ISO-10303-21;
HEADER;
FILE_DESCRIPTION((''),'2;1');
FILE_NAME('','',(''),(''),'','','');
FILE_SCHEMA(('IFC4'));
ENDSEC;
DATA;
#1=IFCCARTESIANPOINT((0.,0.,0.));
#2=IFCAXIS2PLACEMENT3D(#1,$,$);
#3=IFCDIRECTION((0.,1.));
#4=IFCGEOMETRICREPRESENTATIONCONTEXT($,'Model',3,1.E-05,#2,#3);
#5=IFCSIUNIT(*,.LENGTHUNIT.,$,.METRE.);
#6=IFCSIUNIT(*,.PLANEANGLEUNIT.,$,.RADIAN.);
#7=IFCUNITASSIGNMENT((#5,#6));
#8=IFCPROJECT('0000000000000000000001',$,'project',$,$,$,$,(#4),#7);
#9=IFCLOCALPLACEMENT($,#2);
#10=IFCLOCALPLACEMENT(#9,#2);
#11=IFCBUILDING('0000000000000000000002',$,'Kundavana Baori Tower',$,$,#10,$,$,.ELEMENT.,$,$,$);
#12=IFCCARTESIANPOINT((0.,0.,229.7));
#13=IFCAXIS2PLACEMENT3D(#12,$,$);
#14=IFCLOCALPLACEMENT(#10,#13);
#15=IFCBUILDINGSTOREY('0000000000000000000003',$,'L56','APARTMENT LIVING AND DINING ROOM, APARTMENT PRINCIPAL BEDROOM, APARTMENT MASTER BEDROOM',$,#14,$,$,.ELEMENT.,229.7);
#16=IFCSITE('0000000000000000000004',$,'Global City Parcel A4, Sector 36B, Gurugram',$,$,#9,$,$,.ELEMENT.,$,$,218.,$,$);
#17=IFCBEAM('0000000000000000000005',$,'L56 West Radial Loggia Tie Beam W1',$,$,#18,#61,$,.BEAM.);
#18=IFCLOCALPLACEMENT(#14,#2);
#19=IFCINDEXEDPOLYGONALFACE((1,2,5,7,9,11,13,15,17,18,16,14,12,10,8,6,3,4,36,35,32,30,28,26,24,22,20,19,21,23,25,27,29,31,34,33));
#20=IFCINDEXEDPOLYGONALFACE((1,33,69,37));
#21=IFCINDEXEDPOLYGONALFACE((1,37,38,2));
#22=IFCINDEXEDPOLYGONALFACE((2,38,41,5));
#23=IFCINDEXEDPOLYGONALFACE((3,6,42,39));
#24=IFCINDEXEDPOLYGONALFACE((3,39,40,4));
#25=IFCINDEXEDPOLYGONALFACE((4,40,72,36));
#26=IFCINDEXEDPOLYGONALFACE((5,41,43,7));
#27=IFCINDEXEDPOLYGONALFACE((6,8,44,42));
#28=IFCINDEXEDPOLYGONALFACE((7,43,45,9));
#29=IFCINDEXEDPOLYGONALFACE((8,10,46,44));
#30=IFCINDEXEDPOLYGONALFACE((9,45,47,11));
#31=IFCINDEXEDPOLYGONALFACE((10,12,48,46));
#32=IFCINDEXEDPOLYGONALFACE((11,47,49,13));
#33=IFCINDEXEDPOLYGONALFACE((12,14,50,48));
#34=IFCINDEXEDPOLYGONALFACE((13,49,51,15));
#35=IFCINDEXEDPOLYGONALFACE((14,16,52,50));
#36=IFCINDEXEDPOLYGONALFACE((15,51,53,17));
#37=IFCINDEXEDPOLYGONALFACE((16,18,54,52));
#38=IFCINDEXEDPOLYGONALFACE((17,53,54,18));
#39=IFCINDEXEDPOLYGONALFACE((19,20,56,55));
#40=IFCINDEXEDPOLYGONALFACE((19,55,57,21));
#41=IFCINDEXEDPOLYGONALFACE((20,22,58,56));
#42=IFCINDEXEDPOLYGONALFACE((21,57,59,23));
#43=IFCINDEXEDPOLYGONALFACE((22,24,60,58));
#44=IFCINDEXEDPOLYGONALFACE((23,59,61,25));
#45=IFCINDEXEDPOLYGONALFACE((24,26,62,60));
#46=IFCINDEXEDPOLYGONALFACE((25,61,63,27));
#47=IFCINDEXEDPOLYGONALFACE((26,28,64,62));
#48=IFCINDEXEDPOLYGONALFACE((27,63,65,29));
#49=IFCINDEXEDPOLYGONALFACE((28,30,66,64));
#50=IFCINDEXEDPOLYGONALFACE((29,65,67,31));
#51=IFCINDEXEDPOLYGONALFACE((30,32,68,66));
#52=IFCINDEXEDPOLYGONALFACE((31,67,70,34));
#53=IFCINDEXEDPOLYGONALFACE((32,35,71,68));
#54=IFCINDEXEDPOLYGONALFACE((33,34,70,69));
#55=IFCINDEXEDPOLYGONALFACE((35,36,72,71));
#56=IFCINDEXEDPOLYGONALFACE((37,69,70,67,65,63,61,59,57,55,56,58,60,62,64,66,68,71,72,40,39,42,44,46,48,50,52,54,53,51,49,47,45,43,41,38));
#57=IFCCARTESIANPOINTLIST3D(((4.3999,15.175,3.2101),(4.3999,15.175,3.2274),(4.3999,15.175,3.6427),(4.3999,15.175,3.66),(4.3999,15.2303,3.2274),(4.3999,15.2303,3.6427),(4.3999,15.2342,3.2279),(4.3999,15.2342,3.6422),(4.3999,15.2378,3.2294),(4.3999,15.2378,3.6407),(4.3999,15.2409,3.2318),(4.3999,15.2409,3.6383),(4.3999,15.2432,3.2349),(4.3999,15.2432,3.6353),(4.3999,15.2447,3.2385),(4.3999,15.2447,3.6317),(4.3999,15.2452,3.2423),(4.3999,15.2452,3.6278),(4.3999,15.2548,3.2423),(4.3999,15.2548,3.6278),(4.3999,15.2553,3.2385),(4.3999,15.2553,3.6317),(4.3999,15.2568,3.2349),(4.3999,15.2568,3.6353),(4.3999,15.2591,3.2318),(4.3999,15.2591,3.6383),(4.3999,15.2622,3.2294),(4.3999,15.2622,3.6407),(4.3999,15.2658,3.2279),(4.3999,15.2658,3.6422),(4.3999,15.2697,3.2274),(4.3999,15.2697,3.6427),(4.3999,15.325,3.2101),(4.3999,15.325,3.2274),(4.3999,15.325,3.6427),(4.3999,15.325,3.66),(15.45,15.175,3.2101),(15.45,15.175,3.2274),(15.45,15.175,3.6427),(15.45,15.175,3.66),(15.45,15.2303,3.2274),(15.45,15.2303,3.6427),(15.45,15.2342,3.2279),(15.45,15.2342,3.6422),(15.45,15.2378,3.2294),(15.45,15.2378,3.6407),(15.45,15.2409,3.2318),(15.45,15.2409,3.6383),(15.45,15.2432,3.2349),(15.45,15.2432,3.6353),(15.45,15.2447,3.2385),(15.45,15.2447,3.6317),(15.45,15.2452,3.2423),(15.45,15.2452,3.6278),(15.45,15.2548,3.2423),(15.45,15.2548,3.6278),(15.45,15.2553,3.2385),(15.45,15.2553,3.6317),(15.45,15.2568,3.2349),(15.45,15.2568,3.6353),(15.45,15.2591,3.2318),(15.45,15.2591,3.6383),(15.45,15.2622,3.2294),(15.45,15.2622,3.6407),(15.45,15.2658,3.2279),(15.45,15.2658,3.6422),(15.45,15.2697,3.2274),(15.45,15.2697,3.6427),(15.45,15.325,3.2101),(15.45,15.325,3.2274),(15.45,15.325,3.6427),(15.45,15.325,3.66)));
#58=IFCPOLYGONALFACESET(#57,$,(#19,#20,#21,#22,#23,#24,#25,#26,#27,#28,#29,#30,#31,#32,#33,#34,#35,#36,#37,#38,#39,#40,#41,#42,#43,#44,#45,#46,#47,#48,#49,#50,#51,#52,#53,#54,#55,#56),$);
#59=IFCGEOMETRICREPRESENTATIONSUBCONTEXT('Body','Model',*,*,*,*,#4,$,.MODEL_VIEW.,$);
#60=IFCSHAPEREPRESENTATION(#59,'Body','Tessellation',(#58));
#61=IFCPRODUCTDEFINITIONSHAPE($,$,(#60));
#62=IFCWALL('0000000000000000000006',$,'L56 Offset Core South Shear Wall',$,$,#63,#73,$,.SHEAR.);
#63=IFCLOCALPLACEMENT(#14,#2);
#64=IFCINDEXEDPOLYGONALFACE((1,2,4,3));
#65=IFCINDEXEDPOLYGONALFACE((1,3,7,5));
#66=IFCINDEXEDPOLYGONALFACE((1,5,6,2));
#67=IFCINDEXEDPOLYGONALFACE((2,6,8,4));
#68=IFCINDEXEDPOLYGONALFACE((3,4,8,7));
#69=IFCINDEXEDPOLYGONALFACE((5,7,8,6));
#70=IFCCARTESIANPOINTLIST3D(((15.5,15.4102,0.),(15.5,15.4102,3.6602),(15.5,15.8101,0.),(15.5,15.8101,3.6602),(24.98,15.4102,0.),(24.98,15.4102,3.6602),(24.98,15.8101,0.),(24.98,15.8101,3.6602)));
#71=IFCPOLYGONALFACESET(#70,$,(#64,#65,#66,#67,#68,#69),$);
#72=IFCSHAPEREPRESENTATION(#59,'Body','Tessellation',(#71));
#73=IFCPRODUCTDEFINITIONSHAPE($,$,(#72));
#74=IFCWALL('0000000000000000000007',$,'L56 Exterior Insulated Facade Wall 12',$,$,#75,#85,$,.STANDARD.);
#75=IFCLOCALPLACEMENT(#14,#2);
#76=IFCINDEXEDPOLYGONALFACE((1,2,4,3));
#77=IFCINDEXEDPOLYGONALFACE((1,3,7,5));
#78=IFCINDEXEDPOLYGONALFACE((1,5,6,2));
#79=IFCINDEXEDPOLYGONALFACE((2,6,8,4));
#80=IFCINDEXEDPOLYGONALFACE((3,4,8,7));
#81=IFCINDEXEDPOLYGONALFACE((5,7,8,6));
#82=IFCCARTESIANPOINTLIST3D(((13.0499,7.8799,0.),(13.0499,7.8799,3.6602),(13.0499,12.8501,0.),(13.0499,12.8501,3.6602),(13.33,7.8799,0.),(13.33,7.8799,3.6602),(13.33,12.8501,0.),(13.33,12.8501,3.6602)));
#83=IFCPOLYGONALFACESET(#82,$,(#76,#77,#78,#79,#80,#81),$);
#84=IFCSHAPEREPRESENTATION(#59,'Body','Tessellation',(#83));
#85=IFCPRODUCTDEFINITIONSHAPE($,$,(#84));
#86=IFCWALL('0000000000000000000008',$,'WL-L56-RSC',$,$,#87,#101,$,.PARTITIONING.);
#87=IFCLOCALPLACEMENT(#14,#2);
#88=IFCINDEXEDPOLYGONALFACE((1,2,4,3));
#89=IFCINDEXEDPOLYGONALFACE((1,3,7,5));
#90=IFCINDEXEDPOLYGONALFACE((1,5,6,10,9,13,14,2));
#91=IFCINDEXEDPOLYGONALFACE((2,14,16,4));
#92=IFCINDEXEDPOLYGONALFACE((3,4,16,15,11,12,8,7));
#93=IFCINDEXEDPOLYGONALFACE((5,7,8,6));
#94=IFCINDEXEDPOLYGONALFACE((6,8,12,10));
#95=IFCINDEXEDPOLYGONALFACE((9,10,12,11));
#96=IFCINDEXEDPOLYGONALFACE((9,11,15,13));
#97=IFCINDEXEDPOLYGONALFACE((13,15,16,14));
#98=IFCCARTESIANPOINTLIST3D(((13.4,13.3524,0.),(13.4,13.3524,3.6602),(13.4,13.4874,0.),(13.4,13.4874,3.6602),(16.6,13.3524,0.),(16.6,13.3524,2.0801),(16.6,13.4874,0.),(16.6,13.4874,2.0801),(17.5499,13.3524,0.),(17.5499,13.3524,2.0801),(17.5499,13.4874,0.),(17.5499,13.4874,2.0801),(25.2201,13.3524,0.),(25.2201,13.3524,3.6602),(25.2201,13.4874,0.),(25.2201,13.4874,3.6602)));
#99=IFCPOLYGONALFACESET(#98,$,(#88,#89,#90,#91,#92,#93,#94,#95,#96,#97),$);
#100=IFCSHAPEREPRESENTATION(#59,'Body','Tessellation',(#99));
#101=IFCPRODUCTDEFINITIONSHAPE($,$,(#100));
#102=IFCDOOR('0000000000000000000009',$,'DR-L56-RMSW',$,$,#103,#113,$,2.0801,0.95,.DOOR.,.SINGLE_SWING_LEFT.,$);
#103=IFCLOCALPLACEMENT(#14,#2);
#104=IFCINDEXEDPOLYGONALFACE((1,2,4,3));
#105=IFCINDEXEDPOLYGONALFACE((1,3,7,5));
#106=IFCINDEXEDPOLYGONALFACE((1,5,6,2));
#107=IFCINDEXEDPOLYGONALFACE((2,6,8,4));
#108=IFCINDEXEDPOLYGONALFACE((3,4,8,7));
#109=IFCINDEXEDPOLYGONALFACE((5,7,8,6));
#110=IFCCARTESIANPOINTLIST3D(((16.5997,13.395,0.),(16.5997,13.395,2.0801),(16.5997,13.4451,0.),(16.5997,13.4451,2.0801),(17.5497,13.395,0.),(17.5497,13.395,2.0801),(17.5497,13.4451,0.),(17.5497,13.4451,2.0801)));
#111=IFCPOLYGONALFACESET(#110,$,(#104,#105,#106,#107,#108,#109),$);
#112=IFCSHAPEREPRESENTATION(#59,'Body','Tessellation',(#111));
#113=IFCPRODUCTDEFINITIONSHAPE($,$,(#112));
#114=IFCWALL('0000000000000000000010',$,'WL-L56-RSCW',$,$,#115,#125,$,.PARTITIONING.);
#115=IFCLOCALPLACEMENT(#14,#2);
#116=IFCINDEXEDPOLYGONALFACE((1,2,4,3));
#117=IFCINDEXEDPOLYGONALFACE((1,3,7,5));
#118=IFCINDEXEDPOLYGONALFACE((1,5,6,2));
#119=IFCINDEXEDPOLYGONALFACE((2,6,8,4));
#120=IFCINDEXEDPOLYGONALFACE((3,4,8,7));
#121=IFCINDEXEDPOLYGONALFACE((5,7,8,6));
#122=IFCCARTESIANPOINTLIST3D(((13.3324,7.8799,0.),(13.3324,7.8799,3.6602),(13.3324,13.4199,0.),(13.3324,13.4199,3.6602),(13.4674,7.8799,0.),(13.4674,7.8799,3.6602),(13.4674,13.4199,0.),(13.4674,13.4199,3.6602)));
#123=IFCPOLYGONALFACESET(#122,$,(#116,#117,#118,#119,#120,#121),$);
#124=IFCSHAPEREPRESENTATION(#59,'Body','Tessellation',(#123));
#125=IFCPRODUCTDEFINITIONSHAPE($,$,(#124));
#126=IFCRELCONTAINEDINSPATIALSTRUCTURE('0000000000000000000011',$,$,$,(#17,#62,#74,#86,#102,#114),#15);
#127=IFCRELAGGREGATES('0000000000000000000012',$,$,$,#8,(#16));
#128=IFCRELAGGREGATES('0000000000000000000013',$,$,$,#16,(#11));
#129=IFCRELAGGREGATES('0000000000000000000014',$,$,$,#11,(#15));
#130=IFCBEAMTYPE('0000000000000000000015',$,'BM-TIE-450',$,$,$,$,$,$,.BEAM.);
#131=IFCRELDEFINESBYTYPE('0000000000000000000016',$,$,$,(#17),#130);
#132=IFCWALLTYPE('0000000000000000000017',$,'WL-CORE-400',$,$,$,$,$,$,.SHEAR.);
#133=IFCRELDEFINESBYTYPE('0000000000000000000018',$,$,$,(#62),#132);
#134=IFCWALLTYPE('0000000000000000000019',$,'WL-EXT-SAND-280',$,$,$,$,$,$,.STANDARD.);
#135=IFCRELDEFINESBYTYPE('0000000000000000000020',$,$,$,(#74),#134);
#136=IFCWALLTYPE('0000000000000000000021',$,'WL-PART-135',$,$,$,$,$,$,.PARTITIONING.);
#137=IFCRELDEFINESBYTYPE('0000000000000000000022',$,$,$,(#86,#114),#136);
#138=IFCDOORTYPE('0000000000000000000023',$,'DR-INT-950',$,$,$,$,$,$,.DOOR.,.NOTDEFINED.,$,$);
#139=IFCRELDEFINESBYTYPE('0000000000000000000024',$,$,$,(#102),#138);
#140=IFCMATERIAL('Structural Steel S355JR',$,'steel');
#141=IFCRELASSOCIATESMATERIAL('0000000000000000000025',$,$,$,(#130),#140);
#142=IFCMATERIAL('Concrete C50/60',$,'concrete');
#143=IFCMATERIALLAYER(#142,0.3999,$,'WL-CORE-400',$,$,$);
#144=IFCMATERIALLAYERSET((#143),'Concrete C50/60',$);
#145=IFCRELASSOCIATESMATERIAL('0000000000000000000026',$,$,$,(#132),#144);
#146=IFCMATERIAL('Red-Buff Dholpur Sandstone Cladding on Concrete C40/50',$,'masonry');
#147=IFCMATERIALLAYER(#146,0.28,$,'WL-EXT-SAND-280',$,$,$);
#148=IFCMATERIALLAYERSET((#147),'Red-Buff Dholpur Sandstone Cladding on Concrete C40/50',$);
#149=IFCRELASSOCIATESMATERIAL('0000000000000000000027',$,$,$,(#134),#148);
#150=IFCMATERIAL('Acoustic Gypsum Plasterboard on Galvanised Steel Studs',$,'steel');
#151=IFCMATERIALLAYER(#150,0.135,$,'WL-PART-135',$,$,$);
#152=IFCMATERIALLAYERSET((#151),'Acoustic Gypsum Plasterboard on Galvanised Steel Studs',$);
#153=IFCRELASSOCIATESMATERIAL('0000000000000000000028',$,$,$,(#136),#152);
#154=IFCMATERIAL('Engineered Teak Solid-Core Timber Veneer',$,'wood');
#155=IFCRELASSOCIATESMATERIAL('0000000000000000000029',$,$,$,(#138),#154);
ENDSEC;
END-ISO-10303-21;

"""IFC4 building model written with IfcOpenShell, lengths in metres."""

from ifc_helpers import new_model, si_unit, direction, frame, frame_2d, origin, origin_2d, place, context, subcontext, project, spatial, rectangle, i_section, extrude, material, layer, layer_set, material_profile, profile_set, type_object, element, fill, save


model = new_model("IFC4")

# Units and contexts
model_context = context("Model", 3, precision=1e-05, world=origin(), true_north=direction((0.0, 1.0)))
body_context = subcontext(model_context, "Body", "Model", "MODEL_VIEW")
ifc_project = project(units=[si_unit("LENGTHUNIT", "METRE"), si_unit("PLANEANGLEUNIT", "RADIAN")], contexts=[model_context])

# Site, building, storey
site_placement = place(None, origin())
site = spatial("IfcSite", under=ifc_project, at=site_placement, Name="Global City Parcel A4, Sector 36B, Gurugram", CompositionType="ELEMENT", RefElevation=218.0)
building_placement = place(site_placement, origin())
building = spatial("IfcBuilding", under=site, at=building_placement, Name="Kundavana Baori Tower", CompositionType="ELEMENT")
storey_placement = place(building_placement, frame((0.0, 0.0, 229.7)))
storey = spatial("IfcBuildingStorey", under=building, at=storey_placement, Name="L56", Description="APARTMENT LIVING AND DINING ROOM, APARTMENT PRINCIPAL BEDROOM, APARTMENT MASTER BEDROOM", CompositionType="ELEMENT", Elevation=229.7)

# Beam
ifc_material_1 = material(Name="Structural Steel S355JR", Category="steel")
ifc_material_profile_1 = material_profile(ifc_material_1, i_section(OverallWidth=0.1499, OverallDepth=0.45, WebThickness=0.0095, FlangeThickness=0.0173, FilletRadius=0.0149, at=origin_2d()), Name="ISMB 450")
ifc_profile_set_1 = profile_set([ifc_material_profile_1], Name="Structural Steel S355JR")
beam_type_1 = type_object("IfcBeamType", Name="BM-TIE-450", PredefinedType="BEAM", material=ifc_profile_set_1)
for number, where, z_axis, x_axis, name in (
    (1, (15.45, 15.25, 3.4351), (-1.0, 0.0, 0.0), (0.0, -1.0, 0.0), "L56 West Radial Loggia Tie Beam W1"),
):
    element("IfcBeam", number, at=place(storey_placement, frame(where, z_axis=z_axis, x_axis=x_axis)), inside=storey, type_object=beam_type_1, Name=name, PredefinedType="BEAM", context=body_context, shape_type="SweptSolid", body=[
        extrude(i_section(OverallWidth=0.1499, OverallDepth=0.45, WebThickness=0.0095, FlangeThickness=0.0173, FilletRadius=0.0149, at=origin_2d()), origin(), (0.0, 0.0, 1.0), 11.05),
    ])

# Walls
ifc_material_2 = material(Name="Concrete C50/60", Category="concrete")
ifc_layer_1 = layer(ifc_material_2, 0.3999, Name="WL-CORE-400")
ifc_layer_set_1 = layer_set([ifc_layer_1], Name="Concrete C50/60")
wall_type_1 = type_object("IfcWallType", Name="WL-CORE-400", PredefinedType="SHEAR", material=ifc_layer_set_1)
wall_1_placement = place(storey_placement, frame((15.5, 15.6101, 0.0), z_axis=(0.0, 0.0, 1.0), x_axis=(1.0, 0.0, 0.0)))
element("IfcWall", 2, at=wall_1_placement, inside=storey, type_object=wall_type_1, Name="L56 Offset Core South Shear Wall", PredefinedType="SHEAR", context=body_context, shape_type="SweptSolid", body=[
    extrude(rectangle(XDim=9.48, YDim=0.3999, at=frame_2d((4.74, 0.0))), origin(), (0.0, 0.0, 1.0), 3.6602),
])
ifc_material_3 = material(Name="Red-Buff Dholpur Sandstone Cladding on Concrete C40/50", Category="masonry")
ifc_layer_2 = layer(ifc_material_3, 0.28, Name="WL-EXT-SAND-280")
ifc_layer_set_2 = layer_set([ifc_layer_2], Name="Red-Buff Dholpur Sandstone Cladding on Concrete C40/50")
wall_type_2 = type_object("IfcWallType", Name="WL-EXT-SAND-280", PredefinedType="STANDARD", material=ifc_layer_set_2)
wall_2_placement = place(storey_placement, frame((13.1899, 12.8501, 0.0), z_axis=(0.0, 0.0, 1.0), x_axis=(0.0, -1.0, 0.0)))
element("IfcWall", 3, at=wall_2_placement, inside=storey, type_object=wall_type_2, Name="L56 Exterior Insulated Facade Wall 12", PredefinedType="STANDARD", context=body_context, shape_type="SweptSolid", body=[
    extrude(rectangle(XDim=4.9702, YDim=0.28, at=frame_2d((2.4851, 0.0))), origin(), (0.0, 0.0, 1.0), 3.6602),
])

# Wall, opening, door
ifc_material_4 = material(Name="Acoustic Gypsum Plasterboard on Galvanised Steel Studs", Category="steel")
ifc_layer_3 = layer(ifc_material_4, 0.135, Name="WL-PART-135")
ifc_layer_set_3 = layer_set([ifc_layer_3], Name="Acoustic Gypsum Plasterboard on Galvanised Steel Studs")
wall_type_3 = type_object("IfcWallType", Name="WL-PART-135", PredefinedType="PARTITIONING", material=ifc_layer_set_3)
wall_3_placement = place(storey_placement, frame((13.3999, 13.4199, 0.0), z_axis=(0.0, 0.0, 1.0), x_axis=(1.0, 0.0, 0.0)))
wall_3 = element("IfcWall", 4, at=wall_3_placement, inside=storey, type_object=wall_type_3, Name="WL-L56-RSC", PredefinedType="PARTITIONING", context=body_context, shape_type="SweptSolid", body=[
    extrude(rectangle(XDim=11.8201, YDim=0.135, at=frame_2d((5.9102, 0.0))), origin(), (0.0, 0.0, 1.0), 3.6602),
])
opening_1_placement = place(wall_3_placement, frame((3.2, 0.0, 0.0)))
opening_1 = element("IfcOpeningElement", 5, at=opening_1_placement, cuts=wall_3, PredefinedType="OPENING", context=body_context, shape_type="SweptSolid", body=[
    extrude(rectangle(XDim=0.95, YDim=2.0801, at=frame_2d((0.4751, 1.04))), frame((0.0, 0.0776, 0.0), z_axis=(0.0, -1.0, 0.0), x_axis=(1.0, 0.0, 0.0)), (0.0, 0.0, 1.0), 0.155),
])
ifc_material_5 = material(Name="Engineered Teak Solid-Core Timber Veneer", Category="wood")
door_type_1 = type_object("IfcDoorType", Name="DR-INT-950", OperationType="NOTDEFINED", PredefinedType="DOOR", material=ifc_material_5)
door_1_placement = place(opening_1_placement, frame((0.95, 0.0, 0.0), z_axis=(0.0, 0.0, 1.0), x_axis=(-1.0, 0.0, 0.0)))
door_1 = element("IfcDoor", 6, at=door_1_placement, inside=storey, type_object=door_type_1, Name="DR-L56-RMSW", OperationType="SINGLE_SWING_LEFT", OverallHeight=2.0801, OverallWidth=0.95, PredefinedType="DOOR", context=body_context, shape_type="SweptSolid", body=[
    extrude(rectangle(XDim=0.95, YDim=2.0801, at=frame_2d((0.4751, 1.04))), frame((0.0, 0.0249, 0.0), z_axis=(0.0, -1.0, 0.0), x_axis=(1.0, 0.0, 0.0)), (0.0, 0.0, 1.0), 0.05),
])
fill(opening_1, door_1)

# Wall
wall_4_placement = place(storey_placement, frame((13.3999, 7.8799, 0.0), z_axis=(0.0, 0.0, 1.0), x_axis=(0.0, 1.0, 0.0)))
element("IfcWall", 7, at=wall_4_placement, inside=storey, type_object=wall_type_3, Name="WL-L56-RSCW", PredefinedType="PARTITIONING", context=body_context, shape_type="SweptSolid", body=[
    extrude(rectangle(XDim=5.54, YDim=0.135, at=frame_2d((2.77, 0.0))), origin(), (0.0, 0.0, 1.0), 3.6602),
])

save(model, "model.ifc")
